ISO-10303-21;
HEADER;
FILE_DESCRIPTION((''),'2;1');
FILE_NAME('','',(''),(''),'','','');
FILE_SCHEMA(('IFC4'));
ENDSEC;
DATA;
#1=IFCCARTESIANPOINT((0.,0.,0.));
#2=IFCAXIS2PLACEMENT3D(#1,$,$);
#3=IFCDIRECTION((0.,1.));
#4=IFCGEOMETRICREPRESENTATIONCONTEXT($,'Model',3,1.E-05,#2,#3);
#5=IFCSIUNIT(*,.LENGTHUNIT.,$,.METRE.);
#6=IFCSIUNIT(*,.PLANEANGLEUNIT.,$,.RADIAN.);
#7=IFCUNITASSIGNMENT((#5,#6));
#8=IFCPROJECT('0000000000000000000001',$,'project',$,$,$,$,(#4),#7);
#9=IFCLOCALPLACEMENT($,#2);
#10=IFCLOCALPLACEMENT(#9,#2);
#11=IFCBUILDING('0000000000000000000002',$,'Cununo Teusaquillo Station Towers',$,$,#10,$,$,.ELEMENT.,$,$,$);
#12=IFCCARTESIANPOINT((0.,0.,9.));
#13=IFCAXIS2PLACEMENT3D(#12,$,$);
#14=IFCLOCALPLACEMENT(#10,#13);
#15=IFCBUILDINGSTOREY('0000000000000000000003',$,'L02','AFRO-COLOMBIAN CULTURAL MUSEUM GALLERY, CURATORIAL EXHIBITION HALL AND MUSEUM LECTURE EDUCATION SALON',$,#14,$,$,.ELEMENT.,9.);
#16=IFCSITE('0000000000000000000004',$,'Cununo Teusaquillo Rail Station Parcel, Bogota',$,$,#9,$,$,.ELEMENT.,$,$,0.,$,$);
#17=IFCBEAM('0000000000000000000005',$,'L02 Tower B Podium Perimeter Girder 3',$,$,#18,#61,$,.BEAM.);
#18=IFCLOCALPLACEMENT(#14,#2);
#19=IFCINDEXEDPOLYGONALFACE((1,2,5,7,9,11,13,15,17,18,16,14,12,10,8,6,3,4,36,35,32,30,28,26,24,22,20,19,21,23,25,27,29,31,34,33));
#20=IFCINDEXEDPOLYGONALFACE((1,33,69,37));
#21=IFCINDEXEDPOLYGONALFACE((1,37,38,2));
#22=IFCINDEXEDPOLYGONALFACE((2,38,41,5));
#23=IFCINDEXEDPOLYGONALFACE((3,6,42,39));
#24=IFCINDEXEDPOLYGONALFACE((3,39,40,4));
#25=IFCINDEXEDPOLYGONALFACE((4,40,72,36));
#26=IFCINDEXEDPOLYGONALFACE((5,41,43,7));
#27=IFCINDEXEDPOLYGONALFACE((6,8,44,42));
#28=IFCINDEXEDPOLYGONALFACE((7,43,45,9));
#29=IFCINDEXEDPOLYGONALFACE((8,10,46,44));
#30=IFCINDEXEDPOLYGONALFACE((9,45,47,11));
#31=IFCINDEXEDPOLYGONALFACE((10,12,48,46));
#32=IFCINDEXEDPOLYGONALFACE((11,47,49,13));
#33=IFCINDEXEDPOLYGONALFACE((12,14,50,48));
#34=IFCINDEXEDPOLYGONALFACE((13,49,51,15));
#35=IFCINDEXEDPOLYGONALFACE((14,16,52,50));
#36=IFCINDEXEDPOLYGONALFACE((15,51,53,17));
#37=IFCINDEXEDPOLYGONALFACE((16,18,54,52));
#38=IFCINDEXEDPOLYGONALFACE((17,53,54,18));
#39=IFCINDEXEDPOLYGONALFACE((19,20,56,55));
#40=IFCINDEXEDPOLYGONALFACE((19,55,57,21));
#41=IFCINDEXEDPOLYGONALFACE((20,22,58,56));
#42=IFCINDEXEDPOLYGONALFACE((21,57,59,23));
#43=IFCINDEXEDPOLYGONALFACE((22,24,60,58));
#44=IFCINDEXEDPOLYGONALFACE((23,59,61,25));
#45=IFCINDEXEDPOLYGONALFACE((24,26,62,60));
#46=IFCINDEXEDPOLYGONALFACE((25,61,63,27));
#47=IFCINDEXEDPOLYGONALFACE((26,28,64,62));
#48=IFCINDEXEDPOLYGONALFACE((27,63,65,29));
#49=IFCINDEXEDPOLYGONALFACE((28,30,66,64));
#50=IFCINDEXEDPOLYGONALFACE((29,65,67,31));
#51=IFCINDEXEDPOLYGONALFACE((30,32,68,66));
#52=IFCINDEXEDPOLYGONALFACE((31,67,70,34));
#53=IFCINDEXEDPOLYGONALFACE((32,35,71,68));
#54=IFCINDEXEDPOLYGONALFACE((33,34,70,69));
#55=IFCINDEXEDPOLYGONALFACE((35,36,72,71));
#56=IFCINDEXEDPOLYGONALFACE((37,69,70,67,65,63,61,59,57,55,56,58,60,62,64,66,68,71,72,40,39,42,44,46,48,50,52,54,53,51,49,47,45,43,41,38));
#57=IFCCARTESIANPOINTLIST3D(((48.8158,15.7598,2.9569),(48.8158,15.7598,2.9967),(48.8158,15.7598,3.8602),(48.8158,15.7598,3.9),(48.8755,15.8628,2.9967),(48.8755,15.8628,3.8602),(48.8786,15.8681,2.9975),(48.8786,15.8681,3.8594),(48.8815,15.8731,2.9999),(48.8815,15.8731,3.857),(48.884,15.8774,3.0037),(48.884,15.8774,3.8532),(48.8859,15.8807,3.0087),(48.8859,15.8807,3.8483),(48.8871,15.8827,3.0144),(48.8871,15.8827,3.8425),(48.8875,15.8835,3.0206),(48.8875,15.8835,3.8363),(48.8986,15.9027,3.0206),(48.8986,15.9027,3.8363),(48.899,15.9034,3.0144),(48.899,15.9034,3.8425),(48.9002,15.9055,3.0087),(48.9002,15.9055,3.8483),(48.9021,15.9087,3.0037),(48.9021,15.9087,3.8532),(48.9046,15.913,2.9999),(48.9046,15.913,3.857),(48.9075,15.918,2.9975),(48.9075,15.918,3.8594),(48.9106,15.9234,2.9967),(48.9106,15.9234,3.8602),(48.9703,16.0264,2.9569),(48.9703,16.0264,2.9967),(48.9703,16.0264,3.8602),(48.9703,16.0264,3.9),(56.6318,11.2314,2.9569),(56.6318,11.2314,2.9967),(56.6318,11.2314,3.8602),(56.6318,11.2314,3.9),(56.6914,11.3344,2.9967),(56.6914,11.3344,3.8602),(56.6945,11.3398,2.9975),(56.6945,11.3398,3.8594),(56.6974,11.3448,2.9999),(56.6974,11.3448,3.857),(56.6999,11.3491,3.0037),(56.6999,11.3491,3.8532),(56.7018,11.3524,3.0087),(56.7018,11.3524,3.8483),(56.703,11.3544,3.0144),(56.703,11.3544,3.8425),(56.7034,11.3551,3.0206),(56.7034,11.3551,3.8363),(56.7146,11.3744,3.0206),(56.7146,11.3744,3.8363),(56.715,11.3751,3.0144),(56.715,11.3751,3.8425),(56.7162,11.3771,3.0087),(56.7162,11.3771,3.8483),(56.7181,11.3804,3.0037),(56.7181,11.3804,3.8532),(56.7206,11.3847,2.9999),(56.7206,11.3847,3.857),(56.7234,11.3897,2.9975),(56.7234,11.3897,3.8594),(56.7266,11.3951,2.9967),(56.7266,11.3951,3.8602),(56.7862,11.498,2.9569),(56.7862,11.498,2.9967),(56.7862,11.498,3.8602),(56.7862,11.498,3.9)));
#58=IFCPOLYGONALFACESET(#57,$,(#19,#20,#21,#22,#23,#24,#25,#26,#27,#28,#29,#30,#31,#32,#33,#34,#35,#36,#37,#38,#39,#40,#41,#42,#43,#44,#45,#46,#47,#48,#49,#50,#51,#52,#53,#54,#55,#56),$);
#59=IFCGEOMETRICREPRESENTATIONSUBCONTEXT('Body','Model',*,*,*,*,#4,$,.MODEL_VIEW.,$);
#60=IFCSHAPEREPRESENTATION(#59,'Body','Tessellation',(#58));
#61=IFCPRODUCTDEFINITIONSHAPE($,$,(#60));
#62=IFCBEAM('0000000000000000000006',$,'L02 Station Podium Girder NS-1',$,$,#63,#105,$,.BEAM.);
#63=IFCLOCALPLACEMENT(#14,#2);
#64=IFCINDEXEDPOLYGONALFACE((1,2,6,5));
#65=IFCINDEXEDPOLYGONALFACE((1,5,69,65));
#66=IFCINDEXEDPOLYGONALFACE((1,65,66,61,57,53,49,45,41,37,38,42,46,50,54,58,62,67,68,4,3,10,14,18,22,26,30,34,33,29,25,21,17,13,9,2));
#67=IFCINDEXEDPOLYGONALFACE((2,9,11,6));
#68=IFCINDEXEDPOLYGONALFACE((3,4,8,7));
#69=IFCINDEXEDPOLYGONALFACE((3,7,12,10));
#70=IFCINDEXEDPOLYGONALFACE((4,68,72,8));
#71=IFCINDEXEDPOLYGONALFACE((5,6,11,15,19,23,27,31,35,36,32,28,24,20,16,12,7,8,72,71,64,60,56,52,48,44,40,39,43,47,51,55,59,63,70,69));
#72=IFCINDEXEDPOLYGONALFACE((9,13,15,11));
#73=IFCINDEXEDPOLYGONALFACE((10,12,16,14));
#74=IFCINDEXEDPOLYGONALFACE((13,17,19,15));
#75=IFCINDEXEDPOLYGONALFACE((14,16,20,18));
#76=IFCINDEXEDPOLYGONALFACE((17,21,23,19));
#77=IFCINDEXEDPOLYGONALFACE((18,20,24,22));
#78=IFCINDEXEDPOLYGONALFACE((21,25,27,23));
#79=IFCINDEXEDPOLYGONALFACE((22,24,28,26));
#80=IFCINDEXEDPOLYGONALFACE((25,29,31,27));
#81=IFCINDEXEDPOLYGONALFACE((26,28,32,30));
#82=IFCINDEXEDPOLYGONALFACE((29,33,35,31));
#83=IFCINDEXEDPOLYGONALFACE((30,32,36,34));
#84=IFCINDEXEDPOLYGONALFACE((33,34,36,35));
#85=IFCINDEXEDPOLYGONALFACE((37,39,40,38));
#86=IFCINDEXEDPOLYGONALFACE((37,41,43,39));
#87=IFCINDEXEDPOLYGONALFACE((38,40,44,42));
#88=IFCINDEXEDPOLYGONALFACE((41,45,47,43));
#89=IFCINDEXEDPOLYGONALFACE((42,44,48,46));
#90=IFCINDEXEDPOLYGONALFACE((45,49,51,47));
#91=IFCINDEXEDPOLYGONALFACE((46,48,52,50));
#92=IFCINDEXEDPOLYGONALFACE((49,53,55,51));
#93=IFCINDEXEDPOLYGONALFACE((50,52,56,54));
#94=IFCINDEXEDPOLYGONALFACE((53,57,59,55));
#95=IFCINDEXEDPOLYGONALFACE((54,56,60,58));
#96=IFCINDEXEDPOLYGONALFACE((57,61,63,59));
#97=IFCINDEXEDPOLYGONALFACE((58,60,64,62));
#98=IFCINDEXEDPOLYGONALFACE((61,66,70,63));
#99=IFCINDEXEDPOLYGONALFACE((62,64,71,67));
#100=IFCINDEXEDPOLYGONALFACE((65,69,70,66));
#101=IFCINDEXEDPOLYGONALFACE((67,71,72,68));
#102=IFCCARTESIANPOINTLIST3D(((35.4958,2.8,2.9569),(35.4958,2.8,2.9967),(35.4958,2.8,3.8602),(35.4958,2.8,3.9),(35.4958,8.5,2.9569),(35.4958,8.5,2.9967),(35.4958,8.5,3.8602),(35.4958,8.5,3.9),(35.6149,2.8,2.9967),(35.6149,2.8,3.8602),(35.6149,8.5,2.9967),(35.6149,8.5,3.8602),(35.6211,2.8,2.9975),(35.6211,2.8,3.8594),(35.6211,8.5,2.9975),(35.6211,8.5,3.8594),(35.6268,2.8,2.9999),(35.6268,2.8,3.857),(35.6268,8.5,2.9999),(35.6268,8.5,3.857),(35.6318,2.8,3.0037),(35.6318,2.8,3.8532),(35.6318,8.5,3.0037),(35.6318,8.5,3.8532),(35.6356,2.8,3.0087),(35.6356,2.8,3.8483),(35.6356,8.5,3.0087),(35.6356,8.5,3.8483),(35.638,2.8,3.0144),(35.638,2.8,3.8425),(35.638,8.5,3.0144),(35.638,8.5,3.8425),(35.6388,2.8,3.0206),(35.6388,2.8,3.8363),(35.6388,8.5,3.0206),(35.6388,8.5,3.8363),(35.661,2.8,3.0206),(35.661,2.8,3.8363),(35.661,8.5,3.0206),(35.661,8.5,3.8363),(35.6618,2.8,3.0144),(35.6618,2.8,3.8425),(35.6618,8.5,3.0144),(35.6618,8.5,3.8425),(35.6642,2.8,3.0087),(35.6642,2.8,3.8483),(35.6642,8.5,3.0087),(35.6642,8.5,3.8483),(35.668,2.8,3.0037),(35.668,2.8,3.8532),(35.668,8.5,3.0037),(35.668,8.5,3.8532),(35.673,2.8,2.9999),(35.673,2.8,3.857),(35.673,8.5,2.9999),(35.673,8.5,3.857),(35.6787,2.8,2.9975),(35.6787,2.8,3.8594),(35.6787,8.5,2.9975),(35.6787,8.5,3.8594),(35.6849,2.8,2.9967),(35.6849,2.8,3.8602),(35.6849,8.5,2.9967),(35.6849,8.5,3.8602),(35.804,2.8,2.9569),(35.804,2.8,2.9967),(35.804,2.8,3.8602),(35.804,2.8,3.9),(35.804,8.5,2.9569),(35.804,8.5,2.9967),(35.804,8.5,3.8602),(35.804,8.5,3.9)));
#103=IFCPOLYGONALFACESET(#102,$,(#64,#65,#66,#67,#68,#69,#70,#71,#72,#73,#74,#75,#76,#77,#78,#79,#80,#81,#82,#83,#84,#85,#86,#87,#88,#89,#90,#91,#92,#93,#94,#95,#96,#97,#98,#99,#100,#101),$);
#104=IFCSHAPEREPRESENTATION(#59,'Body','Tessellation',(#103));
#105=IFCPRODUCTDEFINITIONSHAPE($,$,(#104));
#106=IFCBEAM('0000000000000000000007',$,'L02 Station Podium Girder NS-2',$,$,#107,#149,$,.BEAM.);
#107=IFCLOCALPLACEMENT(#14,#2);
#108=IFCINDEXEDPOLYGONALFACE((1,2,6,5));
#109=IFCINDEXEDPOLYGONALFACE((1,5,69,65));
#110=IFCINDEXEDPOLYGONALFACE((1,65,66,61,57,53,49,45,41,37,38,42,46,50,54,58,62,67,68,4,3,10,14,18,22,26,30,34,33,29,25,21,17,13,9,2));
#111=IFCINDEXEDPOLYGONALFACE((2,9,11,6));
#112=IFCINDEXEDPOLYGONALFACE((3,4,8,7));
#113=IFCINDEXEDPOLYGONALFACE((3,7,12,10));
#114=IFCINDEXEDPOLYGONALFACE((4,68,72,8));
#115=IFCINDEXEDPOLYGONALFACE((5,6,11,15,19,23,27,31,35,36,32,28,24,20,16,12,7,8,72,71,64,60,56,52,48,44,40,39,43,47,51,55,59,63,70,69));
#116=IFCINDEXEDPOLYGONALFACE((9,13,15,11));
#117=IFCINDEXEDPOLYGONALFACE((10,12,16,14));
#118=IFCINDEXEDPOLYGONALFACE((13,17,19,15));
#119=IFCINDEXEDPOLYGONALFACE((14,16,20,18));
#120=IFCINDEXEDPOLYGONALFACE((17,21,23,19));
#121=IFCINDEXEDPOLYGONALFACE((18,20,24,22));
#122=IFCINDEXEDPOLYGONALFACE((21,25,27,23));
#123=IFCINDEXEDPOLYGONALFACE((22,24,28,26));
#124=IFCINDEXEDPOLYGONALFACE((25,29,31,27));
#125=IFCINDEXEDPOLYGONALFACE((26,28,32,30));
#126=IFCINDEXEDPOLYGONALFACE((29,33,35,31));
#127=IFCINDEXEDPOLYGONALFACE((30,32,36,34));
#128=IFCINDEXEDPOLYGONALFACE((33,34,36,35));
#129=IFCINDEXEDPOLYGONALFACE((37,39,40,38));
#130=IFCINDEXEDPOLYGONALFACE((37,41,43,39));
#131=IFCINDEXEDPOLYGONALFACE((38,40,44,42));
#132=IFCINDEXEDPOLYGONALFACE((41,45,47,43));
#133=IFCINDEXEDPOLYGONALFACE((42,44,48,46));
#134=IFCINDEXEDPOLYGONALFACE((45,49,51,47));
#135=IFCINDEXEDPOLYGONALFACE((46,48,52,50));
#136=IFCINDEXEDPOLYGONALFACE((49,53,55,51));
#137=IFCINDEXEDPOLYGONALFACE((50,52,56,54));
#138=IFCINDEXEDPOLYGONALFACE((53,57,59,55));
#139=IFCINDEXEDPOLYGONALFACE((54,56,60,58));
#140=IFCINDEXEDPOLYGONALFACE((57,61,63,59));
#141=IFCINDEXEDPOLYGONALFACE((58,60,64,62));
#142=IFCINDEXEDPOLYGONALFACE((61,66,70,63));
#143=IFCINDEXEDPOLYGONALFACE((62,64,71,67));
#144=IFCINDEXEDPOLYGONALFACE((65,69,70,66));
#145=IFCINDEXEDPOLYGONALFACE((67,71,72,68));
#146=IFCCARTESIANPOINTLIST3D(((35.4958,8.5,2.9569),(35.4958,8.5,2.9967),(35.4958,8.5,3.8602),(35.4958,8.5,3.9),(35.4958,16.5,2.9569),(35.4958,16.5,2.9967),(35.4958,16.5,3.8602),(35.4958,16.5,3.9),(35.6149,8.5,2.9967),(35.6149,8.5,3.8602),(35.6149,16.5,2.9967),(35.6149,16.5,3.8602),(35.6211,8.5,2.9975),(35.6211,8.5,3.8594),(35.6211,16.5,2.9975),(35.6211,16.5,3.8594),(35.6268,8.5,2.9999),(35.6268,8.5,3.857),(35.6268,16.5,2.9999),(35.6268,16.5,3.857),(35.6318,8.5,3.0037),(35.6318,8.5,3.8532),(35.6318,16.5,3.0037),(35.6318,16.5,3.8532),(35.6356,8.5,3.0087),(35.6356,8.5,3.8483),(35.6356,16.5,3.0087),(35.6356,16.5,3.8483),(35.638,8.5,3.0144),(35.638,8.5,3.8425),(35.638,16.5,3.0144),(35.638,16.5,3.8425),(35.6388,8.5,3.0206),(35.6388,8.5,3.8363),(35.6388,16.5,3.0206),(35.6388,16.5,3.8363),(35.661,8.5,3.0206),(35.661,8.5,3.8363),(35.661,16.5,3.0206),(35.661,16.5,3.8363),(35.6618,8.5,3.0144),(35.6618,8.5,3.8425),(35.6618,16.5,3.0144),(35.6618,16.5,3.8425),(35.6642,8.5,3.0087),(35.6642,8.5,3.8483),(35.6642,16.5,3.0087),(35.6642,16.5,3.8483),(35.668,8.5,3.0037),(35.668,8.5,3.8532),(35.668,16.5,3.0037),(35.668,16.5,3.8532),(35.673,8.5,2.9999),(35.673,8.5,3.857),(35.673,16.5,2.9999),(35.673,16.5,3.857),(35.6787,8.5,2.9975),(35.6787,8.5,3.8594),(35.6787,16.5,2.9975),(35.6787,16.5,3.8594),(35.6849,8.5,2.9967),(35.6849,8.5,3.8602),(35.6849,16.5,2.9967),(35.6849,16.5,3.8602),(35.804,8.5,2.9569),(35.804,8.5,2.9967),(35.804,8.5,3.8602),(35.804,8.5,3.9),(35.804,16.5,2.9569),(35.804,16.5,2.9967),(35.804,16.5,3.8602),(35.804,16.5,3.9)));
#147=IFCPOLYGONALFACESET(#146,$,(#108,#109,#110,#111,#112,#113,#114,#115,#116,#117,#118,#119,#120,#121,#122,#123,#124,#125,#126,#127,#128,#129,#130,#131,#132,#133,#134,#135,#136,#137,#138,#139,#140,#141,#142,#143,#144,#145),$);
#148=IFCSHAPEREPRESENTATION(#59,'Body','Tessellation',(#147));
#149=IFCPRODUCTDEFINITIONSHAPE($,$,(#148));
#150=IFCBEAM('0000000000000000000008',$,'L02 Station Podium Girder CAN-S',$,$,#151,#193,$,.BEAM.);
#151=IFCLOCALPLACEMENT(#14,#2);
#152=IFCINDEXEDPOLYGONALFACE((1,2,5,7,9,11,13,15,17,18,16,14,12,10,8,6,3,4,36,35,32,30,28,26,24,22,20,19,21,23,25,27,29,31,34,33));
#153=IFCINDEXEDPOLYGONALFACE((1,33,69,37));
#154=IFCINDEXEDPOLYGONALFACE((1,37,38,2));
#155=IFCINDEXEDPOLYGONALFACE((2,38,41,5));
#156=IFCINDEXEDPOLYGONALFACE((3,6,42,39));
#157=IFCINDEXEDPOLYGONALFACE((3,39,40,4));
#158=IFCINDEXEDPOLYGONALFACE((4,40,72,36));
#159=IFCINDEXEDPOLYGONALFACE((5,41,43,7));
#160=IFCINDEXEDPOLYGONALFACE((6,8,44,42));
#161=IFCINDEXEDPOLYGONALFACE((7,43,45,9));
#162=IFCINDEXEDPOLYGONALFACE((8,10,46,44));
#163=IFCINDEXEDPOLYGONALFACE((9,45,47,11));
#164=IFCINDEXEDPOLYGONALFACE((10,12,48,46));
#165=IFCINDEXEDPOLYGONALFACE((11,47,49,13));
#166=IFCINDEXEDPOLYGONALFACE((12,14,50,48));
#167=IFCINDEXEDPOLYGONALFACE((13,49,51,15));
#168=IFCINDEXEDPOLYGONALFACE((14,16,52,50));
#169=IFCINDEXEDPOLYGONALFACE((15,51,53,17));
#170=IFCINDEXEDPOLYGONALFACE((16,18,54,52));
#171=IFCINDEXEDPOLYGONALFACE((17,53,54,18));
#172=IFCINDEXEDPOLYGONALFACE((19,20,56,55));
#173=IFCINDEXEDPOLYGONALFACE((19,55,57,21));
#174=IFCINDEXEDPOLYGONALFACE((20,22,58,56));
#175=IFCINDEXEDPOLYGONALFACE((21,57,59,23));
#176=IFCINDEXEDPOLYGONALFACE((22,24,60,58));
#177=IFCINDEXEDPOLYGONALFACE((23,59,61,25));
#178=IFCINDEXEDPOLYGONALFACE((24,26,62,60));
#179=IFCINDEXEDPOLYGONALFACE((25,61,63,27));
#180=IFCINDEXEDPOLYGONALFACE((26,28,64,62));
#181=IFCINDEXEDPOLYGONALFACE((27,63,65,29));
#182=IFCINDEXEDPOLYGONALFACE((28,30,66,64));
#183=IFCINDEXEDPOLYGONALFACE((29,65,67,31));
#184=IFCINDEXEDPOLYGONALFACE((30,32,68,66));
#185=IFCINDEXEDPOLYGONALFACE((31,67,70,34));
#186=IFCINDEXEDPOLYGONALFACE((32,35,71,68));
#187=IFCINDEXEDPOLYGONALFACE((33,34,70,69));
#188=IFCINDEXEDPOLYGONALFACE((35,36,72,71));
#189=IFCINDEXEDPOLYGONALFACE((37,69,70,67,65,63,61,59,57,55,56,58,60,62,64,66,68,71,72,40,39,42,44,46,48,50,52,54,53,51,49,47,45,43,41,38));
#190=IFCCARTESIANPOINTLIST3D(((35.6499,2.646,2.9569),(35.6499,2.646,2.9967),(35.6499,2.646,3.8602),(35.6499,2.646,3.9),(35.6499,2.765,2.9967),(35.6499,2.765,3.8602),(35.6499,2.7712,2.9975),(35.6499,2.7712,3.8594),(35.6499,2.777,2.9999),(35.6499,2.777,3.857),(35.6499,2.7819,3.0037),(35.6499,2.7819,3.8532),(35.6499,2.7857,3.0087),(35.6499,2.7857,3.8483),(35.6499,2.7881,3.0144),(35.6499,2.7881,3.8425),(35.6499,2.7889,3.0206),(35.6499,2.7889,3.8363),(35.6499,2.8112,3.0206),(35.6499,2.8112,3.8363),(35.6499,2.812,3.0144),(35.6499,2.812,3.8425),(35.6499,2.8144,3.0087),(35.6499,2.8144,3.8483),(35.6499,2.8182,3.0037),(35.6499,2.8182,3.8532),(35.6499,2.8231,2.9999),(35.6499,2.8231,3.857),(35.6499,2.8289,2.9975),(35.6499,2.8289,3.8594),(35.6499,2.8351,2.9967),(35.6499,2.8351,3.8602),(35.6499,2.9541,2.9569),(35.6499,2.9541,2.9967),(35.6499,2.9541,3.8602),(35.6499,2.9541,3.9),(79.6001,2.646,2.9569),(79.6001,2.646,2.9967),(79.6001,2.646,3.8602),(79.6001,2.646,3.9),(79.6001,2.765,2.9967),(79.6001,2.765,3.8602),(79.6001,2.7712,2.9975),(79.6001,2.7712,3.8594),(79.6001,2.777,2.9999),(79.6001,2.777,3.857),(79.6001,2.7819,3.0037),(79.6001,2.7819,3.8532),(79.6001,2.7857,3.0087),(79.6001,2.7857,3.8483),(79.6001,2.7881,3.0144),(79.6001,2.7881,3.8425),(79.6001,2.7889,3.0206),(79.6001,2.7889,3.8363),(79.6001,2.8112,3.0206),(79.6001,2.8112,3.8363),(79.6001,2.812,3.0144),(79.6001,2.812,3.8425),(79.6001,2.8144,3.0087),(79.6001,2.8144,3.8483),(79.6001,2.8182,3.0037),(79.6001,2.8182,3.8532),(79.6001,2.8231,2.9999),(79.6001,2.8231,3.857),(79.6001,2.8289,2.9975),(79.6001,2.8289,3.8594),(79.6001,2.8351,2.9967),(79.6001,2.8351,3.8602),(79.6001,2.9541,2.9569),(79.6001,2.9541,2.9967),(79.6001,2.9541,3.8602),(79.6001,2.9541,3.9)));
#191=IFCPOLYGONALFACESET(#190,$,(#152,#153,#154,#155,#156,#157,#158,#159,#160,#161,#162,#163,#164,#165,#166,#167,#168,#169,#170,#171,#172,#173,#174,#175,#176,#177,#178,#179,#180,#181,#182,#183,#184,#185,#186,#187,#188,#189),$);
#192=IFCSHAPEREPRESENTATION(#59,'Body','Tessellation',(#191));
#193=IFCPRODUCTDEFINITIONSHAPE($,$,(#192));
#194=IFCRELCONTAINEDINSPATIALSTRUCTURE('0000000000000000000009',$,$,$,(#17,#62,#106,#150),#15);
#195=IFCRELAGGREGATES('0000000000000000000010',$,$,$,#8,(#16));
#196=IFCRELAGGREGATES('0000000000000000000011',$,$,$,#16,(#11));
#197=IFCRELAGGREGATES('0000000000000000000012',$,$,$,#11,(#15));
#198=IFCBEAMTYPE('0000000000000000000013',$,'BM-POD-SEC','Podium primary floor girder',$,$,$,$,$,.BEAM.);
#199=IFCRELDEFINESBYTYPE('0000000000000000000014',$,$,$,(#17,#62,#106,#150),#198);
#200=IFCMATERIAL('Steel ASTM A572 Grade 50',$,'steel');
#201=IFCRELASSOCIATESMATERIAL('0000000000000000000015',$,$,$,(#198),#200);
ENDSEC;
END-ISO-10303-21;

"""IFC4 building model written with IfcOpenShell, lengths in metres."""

from ifc_helpers import new_model, si_unit, direction, frame, origin, origin_2d, place, context, subcontext, project, spatial, i_section, extrude, material, material_profile, profile_set, type_object, element, save


model = new_model("IFC4")

# Units and contexts
model_context = context("Model", 3, precision=1e-05, world=origin(), true_north=direction((0.0, 1.0)))
body_context = subcontext(model_context, "Body", "Model", "MODEL_VIEW")
ifc_project = project(units=[si_unit("LENGTHUNIT", "METRE"), si_unit("PLANEANGLEUNIT", "RADIAN")], contexts=[model_context])

# Site, building, storey
site_placement = place(None, origin())
site = spatial("IfcSite", under=ifc_project, at=site_placement, Name="Cununo Teusaquillo Rail Station Parcel, Bogota", CompositionType="ELEMENT", RefElevation=0.0)
building_placement = place(site_placement, origin())
building = spatial("IfcBuilding", under=site, at=building_placement, Name="Cununo Teusaquillo Station Towers", CompositionType="ELEMENT")
storey_placement = place(building_placement, frame((0.0, 0.0, 9.0)))
storey = spatial("IfcBuildingStorey", under=building, at=storey_placement, Name="L02", Description="AFRO-COLOMBIAN CULTURAL MUSEUM GALLERY, CURATORIAL EXHIBITION HALL AND MUSEUM LECTURE EDUCATION SALON", CompositionType="ELEMENT", Elevation=9.0)

# Beams
ifc_material_1 = material(Name="Steel ASTM A572 Grade 50", Category="steel")
ifc_material_profile_1 = material_profile(ifc_material_1, i_section(OverallWidth=0.3081, OverallDepth=0.9431, WebThickness=0.0222, FlangeThickness=0.0398, FilletRadius=0.0239, at=origin_2d()), Name="W36X232")
ifc_profile_set_1 = profile_set([ifc_material_profile_1], Name="Steel ASTM A572 Grade 50")
beam_type_1 = type_object("IfcBeamType", Name="BM-POD-SEC", Description="Podium primary floor girder", PredefinedType="BEAM", material=ifc_profile_set_1)
beam_1_placement = place(storey_placement, frame((48.8931, 15.8931, 3.4285), z_axis=(0.865267, -0.501311, 0.0), x_axis=(0.501311, 0.865267, 0.0)))
element("IfcBeam", 1, at=beam_1_placement, inside=storey, type_object=beam_type_1, Name="L02 Tower B Podium Perimeter Girder 3", PredefinedType="BEAM", context=body_context, shape_type="SweptSolid", body=[
    extrude(i_section(OverallWidth=0.3081, OverallDepth=0.9431, WebThickness=0.0222, FlangeThickness=0.0398, FilletRadius=0.0239, at=origin_2d()), origin(), (0.0, 0.0, 1.0), 9.033),
])
beam_2_placement = place(storey_placement, frame((35.6499, 2.8, 3.4285), z_axis=(0.0, 1.0, 0.0), x_axis=(-1.0, 0.0, 0.0)))
element("IfcBeam", 2, at=beam_2_placement, inside=storey, type_object=beam_type_1, Name="L02 Station Podium Girder NS-1", PredefinedType="BEAM", context=body_context, shape_type="SweptSolid", body=[
    extrude(i_section(OverallWidth=0.3081, OverallDepth=0.9431, WebThickness=0.0222, FlangeThickness=0.0398, FilletRadius=0.0239, at=origin_2d()), origin(), (0.0, 0.0, 1.0), 5.7),
])
beam_3_placement = place(storey_placement, frame((35.6499, 8.5, 3.4285), z_axis=(0.0, 1.0, 0.0), x_axis=(-1.0, 0.0, 0.0)))
element("IfcBeam", 3, at=beam_3_placement, inside=storey, type_object=beam_type_1, Name="L02 Station Podium Girder NS-2", PredefinedType="BEAM", context=body_context, shape_type="SweptSolid", body=[
    extrude(i_section(OverallWidth=0.3081, OverallDepth=0.9431, WebThickness=0.0222, FlangeThickness=0.0398, FilletRadius=0.0239, at=origin_2d()), origin(), (0.0, 0.0, 1.0), 8.0),
])
beam_4_placement = place(storey_placement, frame((35.6499, 2.8, 3.4285), z_axis=(1.0, 0.0, 0.0), x_axis=(0.0, 1.0, 0.0)))
element("IfcBeam", 4, at=beam_4_placement, inside=storey, type_object=beam_type_1, Name="L02 Station Podium Girder CAN-S", PredefinedType="BEAM", context=body_context, shape_type="SweptSolid", body=[
    extrude(i_section(OverallWidth=0.3081, OverallDepth=0.9431, WebThickness=0.0222, FlangeThickness=0.0398, FilletRadius=0.0239, at=origin_2d()), origin(), (0.0, 0.0, 1.0), 43.9502),
])

save(model, "model.ifc")
